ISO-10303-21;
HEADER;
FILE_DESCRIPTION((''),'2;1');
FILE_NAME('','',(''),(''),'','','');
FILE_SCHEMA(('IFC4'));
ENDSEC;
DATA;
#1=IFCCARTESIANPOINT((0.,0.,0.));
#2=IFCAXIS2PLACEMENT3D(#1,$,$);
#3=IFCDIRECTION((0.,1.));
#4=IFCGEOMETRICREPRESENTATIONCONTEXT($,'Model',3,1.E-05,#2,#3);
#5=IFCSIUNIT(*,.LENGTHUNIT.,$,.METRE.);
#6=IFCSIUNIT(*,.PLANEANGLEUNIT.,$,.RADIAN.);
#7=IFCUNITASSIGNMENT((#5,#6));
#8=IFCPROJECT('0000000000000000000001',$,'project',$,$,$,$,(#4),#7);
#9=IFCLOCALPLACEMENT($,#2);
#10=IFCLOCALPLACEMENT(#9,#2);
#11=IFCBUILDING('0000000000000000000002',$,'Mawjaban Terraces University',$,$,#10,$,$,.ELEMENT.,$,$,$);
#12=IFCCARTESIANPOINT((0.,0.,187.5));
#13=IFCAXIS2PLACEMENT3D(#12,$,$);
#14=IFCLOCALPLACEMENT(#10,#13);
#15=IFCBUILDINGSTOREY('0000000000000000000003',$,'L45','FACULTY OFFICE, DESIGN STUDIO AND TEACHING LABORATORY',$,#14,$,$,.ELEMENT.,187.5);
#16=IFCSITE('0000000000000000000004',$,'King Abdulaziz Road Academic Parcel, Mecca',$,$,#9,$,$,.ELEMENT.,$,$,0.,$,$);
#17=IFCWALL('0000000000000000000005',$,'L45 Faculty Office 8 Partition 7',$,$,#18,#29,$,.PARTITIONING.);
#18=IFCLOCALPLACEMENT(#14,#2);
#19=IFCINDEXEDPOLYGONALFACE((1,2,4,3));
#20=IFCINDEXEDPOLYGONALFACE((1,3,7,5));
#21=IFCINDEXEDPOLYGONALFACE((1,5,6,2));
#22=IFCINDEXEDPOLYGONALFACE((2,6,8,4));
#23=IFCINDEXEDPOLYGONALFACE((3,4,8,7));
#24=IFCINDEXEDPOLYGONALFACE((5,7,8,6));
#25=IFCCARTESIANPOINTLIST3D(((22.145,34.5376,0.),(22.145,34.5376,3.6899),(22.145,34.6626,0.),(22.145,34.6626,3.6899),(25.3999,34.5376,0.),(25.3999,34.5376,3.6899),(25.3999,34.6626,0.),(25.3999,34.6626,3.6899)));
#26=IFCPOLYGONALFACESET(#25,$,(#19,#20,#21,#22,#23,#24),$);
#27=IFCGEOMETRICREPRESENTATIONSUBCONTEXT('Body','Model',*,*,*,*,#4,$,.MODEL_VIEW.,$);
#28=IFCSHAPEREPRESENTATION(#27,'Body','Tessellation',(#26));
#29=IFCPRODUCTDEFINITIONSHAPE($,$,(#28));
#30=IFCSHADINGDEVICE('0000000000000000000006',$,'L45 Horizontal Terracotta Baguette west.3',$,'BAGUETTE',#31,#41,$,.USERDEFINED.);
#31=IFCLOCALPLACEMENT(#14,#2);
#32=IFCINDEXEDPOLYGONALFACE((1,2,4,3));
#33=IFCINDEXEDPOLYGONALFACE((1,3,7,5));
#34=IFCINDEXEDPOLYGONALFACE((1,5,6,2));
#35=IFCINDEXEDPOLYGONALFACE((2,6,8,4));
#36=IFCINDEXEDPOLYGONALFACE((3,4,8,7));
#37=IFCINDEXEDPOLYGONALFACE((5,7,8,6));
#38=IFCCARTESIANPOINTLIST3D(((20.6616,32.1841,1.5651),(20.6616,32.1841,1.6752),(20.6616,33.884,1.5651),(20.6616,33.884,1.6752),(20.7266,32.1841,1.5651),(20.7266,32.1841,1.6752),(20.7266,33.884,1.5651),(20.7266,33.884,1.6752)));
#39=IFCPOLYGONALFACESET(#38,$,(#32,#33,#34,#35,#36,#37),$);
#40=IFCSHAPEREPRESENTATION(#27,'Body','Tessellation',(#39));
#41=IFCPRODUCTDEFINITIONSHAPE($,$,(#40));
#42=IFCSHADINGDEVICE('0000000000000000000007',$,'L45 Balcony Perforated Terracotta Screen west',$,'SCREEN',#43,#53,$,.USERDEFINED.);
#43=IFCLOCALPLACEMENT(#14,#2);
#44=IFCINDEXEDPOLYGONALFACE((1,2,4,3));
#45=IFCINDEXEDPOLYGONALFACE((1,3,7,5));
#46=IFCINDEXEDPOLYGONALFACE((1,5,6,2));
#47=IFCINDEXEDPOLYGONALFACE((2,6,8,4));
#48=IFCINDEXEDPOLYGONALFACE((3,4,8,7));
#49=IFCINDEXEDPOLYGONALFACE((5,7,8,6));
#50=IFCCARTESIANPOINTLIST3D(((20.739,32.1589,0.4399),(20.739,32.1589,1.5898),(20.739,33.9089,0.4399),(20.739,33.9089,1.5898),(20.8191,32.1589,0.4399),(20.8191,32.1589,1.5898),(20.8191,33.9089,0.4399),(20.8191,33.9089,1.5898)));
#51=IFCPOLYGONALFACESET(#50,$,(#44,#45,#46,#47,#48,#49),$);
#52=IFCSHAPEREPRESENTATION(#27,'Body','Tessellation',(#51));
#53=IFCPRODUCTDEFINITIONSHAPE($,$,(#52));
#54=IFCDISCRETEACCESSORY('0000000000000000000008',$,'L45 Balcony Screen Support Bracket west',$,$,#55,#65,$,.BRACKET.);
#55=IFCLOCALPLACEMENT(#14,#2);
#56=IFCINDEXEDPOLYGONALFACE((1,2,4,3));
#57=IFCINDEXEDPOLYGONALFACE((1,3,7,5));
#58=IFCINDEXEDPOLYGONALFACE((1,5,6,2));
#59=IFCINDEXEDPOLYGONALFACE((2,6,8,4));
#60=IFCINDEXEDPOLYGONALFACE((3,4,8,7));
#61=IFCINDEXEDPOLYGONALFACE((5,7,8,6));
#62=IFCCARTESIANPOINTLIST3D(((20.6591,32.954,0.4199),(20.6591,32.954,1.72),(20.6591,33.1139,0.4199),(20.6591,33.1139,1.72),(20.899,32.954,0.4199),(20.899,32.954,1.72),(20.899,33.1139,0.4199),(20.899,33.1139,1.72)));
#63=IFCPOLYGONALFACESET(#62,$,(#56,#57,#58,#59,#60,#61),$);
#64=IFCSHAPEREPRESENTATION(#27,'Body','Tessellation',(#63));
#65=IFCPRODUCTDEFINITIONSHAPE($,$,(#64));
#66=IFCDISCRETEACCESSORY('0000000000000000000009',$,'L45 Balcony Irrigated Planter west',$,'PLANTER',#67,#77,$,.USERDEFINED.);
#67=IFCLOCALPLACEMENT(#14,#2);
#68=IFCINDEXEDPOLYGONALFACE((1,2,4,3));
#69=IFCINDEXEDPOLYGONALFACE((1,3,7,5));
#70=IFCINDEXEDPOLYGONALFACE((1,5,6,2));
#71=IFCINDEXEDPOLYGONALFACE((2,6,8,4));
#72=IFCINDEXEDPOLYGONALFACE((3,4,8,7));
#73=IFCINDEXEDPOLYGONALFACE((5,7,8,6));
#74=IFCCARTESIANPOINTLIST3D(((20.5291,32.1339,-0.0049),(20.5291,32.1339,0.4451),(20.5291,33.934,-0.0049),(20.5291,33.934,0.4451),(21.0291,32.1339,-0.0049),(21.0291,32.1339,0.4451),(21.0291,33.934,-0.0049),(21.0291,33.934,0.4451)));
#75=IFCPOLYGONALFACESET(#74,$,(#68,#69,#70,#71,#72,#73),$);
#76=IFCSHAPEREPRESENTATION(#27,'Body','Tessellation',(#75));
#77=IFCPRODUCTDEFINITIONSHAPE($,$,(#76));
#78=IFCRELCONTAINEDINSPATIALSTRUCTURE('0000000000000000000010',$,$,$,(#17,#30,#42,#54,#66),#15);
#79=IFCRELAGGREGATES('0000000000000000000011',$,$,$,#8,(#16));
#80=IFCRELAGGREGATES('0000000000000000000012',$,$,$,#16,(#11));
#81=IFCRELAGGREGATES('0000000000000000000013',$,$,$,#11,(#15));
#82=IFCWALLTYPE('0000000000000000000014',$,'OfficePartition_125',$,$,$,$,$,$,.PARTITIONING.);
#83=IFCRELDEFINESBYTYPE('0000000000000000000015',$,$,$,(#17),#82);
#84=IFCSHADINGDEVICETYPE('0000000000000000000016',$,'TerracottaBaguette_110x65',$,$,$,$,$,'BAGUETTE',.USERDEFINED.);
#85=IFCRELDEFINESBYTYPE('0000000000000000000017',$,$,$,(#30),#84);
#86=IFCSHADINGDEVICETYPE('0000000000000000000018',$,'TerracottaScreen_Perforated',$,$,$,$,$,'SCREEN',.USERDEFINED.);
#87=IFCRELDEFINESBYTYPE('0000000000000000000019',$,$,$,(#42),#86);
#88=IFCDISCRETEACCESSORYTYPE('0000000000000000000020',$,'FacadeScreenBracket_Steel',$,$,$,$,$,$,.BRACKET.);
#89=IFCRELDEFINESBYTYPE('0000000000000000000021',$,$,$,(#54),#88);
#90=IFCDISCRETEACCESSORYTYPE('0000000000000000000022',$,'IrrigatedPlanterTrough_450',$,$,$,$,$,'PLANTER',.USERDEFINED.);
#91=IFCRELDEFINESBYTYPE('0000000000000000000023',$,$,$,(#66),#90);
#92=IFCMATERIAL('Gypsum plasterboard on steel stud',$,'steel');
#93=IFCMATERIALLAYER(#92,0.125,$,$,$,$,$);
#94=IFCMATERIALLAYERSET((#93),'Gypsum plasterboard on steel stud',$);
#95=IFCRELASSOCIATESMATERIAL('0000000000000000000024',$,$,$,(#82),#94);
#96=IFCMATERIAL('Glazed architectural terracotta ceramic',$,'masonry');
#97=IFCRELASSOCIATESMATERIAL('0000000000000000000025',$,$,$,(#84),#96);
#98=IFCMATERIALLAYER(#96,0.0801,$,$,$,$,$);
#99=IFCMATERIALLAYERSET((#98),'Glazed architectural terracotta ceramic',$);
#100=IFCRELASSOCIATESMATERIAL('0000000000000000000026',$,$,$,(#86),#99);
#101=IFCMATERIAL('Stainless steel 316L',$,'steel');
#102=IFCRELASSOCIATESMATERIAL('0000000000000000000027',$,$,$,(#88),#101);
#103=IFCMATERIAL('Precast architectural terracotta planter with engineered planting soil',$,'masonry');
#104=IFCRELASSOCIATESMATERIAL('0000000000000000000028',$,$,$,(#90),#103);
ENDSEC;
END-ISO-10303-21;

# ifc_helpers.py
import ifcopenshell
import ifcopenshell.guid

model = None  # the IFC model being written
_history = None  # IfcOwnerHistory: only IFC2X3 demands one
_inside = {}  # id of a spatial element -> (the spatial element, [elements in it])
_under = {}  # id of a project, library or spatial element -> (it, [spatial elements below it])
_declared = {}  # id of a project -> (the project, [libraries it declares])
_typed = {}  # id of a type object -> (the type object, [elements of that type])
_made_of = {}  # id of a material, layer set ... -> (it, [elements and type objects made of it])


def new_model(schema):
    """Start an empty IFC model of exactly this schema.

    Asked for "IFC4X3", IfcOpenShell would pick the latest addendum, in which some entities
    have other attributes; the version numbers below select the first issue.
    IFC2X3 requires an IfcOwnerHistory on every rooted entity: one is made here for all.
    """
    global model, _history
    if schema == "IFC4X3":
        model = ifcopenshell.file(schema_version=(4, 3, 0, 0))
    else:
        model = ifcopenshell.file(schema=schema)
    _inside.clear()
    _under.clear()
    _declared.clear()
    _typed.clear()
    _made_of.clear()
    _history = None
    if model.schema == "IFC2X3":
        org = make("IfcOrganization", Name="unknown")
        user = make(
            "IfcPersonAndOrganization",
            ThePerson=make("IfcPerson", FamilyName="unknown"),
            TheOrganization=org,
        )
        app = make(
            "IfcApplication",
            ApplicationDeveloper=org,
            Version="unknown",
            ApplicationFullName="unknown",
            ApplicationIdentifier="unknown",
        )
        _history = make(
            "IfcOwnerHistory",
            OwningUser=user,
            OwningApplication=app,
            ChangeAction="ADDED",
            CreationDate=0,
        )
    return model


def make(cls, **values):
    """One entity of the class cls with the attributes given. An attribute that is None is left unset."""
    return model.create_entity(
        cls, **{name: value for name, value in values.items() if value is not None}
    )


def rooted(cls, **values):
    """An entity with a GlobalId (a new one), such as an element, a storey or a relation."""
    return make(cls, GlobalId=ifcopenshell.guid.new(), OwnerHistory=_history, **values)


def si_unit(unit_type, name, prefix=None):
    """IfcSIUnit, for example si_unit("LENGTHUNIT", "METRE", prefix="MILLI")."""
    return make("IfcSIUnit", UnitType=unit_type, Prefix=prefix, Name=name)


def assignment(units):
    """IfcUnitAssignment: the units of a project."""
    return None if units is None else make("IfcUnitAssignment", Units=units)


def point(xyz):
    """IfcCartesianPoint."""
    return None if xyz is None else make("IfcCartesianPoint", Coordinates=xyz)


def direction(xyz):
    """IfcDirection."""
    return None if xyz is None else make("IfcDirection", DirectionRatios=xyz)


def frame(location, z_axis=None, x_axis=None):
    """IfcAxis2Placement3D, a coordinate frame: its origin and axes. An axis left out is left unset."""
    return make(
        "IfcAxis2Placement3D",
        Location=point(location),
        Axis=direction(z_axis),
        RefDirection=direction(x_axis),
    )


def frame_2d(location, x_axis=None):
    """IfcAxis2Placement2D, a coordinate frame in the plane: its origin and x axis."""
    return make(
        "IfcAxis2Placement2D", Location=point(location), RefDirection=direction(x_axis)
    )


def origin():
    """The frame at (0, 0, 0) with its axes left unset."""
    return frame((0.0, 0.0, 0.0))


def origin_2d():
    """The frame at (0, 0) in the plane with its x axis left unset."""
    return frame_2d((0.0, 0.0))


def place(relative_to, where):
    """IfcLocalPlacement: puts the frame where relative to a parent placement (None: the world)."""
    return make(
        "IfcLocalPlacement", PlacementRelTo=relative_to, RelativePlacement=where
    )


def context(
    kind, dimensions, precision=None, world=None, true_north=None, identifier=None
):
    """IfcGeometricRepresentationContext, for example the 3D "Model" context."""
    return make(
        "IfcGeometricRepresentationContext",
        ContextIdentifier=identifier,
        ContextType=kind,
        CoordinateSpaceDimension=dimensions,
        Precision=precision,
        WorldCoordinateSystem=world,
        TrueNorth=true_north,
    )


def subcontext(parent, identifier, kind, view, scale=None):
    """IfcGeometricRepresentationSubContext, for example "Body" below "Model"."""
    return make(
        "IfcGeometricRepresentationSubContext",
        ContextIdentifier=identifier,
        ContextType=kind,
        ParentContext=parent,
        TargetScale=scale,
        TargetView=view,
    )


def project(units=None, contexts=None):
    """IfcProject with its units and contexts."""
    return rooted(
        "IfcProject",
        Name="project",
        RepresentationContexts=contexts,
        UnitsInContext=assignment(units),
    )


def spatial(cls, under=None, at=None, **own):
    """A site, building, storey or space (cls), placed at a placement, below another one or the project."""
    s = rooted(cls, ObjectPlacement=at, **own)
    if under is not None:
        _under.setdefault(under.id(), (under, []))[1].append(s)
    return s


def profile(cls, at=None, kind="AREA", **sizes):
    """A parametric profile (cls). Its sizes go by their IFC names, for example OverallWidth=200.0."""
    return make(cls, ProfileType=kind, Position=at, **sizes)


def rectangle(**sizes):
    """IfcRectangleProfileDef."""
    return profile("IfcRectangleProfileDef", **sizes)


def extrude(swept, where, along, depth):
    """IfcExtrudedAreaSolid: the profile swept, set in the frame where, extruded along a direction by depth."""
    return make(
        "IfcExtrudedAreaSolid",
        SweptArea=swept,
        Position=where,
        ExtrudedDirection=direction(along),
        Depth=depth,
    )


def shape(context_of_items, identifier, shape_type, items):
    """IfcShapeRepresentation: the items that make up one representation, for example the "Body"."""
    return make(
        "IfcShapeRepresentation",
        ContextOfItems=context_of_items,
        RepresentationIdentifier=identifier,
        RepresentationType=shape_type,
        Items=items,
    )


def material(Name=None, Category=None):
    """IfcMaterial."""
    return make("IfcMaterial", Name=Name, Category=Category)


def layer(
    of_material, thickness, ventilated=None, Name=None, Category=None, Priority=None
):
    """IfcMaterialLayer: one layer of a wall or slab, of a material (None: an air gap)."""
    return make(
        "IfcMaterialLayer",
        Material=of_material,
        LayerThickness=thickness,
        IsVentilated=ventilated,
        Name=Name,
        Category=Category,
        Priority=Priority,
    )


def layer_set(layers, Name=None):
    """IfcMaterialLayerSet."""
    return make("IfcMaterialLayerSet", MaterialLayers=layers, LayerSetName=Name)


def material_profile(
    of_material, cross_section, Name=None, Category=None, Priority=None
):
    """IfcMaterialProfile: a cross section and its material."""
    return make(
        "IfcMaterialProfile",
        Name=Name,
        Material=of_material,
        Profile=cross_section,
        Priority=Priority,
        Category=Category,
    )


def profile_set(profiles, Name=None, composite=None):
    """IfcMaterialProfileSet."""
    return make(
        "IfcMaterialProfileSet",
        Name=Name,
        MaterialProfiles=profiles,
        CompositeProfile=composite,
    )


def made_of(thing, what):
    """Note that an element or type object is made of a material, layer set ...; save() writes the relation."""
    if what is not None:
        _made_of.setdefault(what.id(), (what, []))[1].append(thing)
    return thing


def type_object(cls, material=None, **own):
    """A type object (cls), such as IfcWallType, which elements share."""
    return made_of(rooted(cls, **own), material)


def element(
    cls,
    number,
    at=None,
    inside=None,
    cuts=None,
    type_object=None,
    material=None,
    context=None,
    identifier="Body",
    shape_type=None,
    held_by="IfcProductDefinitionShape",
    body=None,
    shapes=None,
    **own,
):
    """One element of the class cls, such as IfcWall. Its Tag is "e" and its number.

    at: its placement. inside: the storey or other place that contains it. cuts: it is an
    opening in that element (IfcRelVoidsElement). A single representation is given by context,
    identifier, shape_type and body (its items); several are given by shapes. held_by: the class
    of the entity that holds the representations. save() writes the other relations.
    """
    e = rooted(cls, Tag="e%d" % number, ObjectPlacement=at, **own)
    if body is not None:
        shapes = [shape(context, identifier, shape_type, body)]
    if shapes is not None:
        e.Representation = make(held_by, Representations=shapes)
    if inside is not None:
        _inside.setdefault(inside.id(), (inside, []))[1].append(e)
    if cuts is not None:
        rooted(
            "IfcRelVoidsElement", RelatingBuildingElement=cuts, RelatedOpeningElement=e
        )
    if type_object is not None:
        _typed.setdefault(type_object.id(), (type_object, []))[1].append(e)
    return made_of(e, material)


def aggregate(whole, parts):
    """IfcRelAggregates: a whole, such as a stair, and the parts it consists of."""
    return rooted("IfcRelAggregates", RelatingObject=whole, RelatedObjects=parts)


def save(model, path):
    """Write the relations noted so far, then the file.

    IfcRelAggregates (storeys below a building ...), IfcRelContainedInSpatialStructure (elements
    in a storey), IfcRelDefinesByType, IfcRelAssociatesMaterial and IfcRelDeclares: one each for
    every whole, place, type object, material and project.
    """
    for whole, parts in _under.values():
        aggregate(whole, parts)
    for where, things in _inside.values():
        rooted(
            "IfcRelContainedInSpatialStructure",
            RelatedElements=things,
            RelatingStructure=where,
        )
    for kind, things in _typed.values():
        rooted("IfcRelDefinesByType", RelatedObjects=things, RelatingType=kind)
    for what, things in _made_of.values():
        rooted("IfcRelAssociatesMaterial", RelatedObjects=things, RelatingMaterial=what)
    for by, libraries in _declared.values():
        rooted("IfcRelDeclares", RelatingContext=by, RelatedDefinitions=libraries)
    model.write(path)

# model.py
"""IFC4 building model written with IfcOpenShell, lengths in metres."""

from ifc_helpers import new_model, si_unit, direction, frame, frame_2d, origin, origin_2d, place, context, subcontext, project, spatial, rectangle, extrude, material, layer, layer_set, material_profile, profile_set, type_object, element, save


model = new_model("IFC4")

# Units and contexts
model_context = context("Model", 3, precision=1e-05, world=origin(), true_north=direction((0.0, 1.0)))
body_context = subcontext(model_context, "Body", "Model", "MODEL_VIEW")
ifc_project = project(units=[si_unit("LENGTHUNIT", "METRE"), si_unit("PLANEANGLEUNIT", "RADIAN")], contexts=[model_context])

# Site, building, storey
site_placement = place(None, origin())
site = spatial("IfcSite", under=ifc_project, at=site_placement, Name="King Abdulaziz Road Academic Parcel, Mecca", CompositionType="ELEMENT", RefElevation=0.0)
building_placement = place(site_placement, origin())
building = spatial("IfcBuilding", under=site, at=building_placement, Name="Mawjaban Terraces University", CompositionType="ELEMENT")
storey_placement = place(building_placement, frame((0.0, 0.0, 187.5)))
storey = spatial("IfcBuildingStorey", under=building, at=storey_placement, Name="L45", Description="FACULTY OFFICE, DESIGN STUDIO AND TEACHING LABORATORY", CompositionType="ELEMENT", Elevation=187.5)

# Wall
ifc_material_1 = material(Name="Gypsum plasterboard on steel stud", Category="steel")
ifc_layer_1 = layer(ifc_material_1, 0.125)
ifc_layer_set_1 = layer_set([ifc_layer_1], Name="Gypsum plasterboard on steel stud")
wall_type_1 = type_object("IfcWallType", Name="OfficePartition_125", PredefinedType="PARTITIONING", material=ifc_layer_set_1)
wall_1_placement = place(storey_placement, frame((25.3999, 34.6001, 0.0), z_axis=(0.0, 0.0, 1.0), x_axis=(-1.0, 0.0, 0.0)))
element("IfcWall", 1, at=wall_1_placement, inside=storey, type_object=wall_type_1, Name="L45 Faculty Office 8 Partition 7", PredefinedType="PARTITIONING", context=body_context, shape_type="SweptSolid", body=[
    extrude(rectangle(XDim=3.2549, YDim=0.125, at=frame_2d((1.6274, 0.0))), origin(), (0.0, 0.0, 1.0), 3.6899),
])

# Shading devices
ifc_material_2 = material(Name="Glazed architectural terracotta ceramic", Category="masonry")
ifc_material_profile_1 = material_profile(ifc_material_2, rectangle(XDim=0.0649, YDim=0.1101, at=origin_2d()), Name="TBAG110X65")
ifc_profile_set_1 = profile_set([ifc_material_profile_1], Name="Glazed architectural terracotta ceramic")
shading_device_type_1 = type_object("IfcShadingDeviceType", Name="TerracottaBaguette_110x65", ElementType="BAGUETTE", PredefinedType="USERDEFINED", material=ifc_profile_set_1)
shading_device_1_placement = place(storey_placement, frame((20.6941, 32.1841, 1.6201), z_axis=(0.0, 1.0, 0.0), x_axis=(-1.0, 0.0, 0.0)))
element("IfcShadingDevice", 2, at=shading_device_1_placement, inside=storey, type_object=shading_device_type_1, Name="L45 Horizontal Terracotta Baguette west.3", ObjectType="BAGUETTE", PredefinedType="USERDEFINED", context=body_context, shape_type="SweptSolid", body=[
    extrude(rectangle(XDim=0.0649, YDim=0.1101, at=origin_2d()), origin(), (0.0, 0.0, 1.0), 1.7),
])
ifc_layer_2 = layer(ifc_material_2, 0.0801)
ifc_layer_set_2 = layer_set([ifc_layer_2], Name="Glazed architectural terracotta ceramic")
shading_device_type_2 = type_object("IfcShadingDeviceType", Name="TerracottaScreen_Perforated", ElementType="SCREEN", PredefinedType="USERDEFINED", material=ifc_layer_set_2)
shading_device_2_placement = place(storey_placement, frame((20.7791, 33.0339, 0.4399), z_axis=(0.0, 0.0, 1.0), x_axis=(0.0, 1.0, 0.0)))
element("IfcShadingDevice", 3, at=shading_device_2_placement, inside=storey, type_object=shading_device_type_2, Name="L45 Balcony Perforated Terracotta Screen west", ObjectType="SCREEN", PredefinedType="USERDEFINED", context=body_context, shape_type="SweptSolid", body=[
    extrude(rectangle(XDim=1.75, YDim=0.0801, at=origin_2d()), origin(), (0.0, 0.0, 1.0), 1.1499),
])

# Discrete accessories
ifc_material_3 = material(Name="Stainless steel 316L", Category="steel")
discrete_accessory_type_1 = type_object("IfcDiscreteAccessoryType", Name="FacadeScreenBracket_Steel", PredefinedType="BRACKET", material=ifc_material_3)
discrete_accessory_1_placement = place(storey_placement, frame((20.7791, 33.0339, 0.4199), z_axis=(0.0, 0.0, 1.0), x_axis=(0.0, 1.0, 0.0)))
element("IfcDiscreteAccessory", 4, at=discrete_accessory_1_placement, inside=storey, type_object=discrete_accessory_type_1, Name="L45 Balcony Screen Support Bracket west", PredefinedType="BRACKET", context=body_context, shape_type="SweptSolid", body=[
    extrude(rectangle(XDim=0.1599, YDim=0.24, at=origin_2d()), origin(), (0.0, 0.0, 1.0), 1.3),
])
ifc_material_4 = material(Name="Precast architectural terracotta planter with engineered planting soil", Category="masonry")
discrete_accessory_type_2 = type_object("IfcDiscreteAccessoryType", Name="IrrigatedPlanterTrough_450", ElementType="PLANTER", PredefinedType="USERDEFINED", material=ifc_material_4)
discrete_accessory_2_placement = place(storey_placement, frame((20.7791, 33.0339, -0.0049), z_axis=(0.0, 0.0, 1.0), x_axis=(0.0, 1.0, 0.0)))
element("IfcDiscreteAccessory", 5, at=discrete_accessory_2_placement, inside=storey, type_object=discrete_accessory_type_2, Name="L45 Balcony Irrigated Planter west", ObjectType="PLANTER", PredefinedType="USERDEFINED", context=body_context, shape_type="SweptSolid", body=[
    extrude(rectangle(XDim=1.8, YDim=0.5, at=origin_2d()), origin(), (0.0, 0.0, 1.0), 0.45),
])

save(model, "model.ifc")
